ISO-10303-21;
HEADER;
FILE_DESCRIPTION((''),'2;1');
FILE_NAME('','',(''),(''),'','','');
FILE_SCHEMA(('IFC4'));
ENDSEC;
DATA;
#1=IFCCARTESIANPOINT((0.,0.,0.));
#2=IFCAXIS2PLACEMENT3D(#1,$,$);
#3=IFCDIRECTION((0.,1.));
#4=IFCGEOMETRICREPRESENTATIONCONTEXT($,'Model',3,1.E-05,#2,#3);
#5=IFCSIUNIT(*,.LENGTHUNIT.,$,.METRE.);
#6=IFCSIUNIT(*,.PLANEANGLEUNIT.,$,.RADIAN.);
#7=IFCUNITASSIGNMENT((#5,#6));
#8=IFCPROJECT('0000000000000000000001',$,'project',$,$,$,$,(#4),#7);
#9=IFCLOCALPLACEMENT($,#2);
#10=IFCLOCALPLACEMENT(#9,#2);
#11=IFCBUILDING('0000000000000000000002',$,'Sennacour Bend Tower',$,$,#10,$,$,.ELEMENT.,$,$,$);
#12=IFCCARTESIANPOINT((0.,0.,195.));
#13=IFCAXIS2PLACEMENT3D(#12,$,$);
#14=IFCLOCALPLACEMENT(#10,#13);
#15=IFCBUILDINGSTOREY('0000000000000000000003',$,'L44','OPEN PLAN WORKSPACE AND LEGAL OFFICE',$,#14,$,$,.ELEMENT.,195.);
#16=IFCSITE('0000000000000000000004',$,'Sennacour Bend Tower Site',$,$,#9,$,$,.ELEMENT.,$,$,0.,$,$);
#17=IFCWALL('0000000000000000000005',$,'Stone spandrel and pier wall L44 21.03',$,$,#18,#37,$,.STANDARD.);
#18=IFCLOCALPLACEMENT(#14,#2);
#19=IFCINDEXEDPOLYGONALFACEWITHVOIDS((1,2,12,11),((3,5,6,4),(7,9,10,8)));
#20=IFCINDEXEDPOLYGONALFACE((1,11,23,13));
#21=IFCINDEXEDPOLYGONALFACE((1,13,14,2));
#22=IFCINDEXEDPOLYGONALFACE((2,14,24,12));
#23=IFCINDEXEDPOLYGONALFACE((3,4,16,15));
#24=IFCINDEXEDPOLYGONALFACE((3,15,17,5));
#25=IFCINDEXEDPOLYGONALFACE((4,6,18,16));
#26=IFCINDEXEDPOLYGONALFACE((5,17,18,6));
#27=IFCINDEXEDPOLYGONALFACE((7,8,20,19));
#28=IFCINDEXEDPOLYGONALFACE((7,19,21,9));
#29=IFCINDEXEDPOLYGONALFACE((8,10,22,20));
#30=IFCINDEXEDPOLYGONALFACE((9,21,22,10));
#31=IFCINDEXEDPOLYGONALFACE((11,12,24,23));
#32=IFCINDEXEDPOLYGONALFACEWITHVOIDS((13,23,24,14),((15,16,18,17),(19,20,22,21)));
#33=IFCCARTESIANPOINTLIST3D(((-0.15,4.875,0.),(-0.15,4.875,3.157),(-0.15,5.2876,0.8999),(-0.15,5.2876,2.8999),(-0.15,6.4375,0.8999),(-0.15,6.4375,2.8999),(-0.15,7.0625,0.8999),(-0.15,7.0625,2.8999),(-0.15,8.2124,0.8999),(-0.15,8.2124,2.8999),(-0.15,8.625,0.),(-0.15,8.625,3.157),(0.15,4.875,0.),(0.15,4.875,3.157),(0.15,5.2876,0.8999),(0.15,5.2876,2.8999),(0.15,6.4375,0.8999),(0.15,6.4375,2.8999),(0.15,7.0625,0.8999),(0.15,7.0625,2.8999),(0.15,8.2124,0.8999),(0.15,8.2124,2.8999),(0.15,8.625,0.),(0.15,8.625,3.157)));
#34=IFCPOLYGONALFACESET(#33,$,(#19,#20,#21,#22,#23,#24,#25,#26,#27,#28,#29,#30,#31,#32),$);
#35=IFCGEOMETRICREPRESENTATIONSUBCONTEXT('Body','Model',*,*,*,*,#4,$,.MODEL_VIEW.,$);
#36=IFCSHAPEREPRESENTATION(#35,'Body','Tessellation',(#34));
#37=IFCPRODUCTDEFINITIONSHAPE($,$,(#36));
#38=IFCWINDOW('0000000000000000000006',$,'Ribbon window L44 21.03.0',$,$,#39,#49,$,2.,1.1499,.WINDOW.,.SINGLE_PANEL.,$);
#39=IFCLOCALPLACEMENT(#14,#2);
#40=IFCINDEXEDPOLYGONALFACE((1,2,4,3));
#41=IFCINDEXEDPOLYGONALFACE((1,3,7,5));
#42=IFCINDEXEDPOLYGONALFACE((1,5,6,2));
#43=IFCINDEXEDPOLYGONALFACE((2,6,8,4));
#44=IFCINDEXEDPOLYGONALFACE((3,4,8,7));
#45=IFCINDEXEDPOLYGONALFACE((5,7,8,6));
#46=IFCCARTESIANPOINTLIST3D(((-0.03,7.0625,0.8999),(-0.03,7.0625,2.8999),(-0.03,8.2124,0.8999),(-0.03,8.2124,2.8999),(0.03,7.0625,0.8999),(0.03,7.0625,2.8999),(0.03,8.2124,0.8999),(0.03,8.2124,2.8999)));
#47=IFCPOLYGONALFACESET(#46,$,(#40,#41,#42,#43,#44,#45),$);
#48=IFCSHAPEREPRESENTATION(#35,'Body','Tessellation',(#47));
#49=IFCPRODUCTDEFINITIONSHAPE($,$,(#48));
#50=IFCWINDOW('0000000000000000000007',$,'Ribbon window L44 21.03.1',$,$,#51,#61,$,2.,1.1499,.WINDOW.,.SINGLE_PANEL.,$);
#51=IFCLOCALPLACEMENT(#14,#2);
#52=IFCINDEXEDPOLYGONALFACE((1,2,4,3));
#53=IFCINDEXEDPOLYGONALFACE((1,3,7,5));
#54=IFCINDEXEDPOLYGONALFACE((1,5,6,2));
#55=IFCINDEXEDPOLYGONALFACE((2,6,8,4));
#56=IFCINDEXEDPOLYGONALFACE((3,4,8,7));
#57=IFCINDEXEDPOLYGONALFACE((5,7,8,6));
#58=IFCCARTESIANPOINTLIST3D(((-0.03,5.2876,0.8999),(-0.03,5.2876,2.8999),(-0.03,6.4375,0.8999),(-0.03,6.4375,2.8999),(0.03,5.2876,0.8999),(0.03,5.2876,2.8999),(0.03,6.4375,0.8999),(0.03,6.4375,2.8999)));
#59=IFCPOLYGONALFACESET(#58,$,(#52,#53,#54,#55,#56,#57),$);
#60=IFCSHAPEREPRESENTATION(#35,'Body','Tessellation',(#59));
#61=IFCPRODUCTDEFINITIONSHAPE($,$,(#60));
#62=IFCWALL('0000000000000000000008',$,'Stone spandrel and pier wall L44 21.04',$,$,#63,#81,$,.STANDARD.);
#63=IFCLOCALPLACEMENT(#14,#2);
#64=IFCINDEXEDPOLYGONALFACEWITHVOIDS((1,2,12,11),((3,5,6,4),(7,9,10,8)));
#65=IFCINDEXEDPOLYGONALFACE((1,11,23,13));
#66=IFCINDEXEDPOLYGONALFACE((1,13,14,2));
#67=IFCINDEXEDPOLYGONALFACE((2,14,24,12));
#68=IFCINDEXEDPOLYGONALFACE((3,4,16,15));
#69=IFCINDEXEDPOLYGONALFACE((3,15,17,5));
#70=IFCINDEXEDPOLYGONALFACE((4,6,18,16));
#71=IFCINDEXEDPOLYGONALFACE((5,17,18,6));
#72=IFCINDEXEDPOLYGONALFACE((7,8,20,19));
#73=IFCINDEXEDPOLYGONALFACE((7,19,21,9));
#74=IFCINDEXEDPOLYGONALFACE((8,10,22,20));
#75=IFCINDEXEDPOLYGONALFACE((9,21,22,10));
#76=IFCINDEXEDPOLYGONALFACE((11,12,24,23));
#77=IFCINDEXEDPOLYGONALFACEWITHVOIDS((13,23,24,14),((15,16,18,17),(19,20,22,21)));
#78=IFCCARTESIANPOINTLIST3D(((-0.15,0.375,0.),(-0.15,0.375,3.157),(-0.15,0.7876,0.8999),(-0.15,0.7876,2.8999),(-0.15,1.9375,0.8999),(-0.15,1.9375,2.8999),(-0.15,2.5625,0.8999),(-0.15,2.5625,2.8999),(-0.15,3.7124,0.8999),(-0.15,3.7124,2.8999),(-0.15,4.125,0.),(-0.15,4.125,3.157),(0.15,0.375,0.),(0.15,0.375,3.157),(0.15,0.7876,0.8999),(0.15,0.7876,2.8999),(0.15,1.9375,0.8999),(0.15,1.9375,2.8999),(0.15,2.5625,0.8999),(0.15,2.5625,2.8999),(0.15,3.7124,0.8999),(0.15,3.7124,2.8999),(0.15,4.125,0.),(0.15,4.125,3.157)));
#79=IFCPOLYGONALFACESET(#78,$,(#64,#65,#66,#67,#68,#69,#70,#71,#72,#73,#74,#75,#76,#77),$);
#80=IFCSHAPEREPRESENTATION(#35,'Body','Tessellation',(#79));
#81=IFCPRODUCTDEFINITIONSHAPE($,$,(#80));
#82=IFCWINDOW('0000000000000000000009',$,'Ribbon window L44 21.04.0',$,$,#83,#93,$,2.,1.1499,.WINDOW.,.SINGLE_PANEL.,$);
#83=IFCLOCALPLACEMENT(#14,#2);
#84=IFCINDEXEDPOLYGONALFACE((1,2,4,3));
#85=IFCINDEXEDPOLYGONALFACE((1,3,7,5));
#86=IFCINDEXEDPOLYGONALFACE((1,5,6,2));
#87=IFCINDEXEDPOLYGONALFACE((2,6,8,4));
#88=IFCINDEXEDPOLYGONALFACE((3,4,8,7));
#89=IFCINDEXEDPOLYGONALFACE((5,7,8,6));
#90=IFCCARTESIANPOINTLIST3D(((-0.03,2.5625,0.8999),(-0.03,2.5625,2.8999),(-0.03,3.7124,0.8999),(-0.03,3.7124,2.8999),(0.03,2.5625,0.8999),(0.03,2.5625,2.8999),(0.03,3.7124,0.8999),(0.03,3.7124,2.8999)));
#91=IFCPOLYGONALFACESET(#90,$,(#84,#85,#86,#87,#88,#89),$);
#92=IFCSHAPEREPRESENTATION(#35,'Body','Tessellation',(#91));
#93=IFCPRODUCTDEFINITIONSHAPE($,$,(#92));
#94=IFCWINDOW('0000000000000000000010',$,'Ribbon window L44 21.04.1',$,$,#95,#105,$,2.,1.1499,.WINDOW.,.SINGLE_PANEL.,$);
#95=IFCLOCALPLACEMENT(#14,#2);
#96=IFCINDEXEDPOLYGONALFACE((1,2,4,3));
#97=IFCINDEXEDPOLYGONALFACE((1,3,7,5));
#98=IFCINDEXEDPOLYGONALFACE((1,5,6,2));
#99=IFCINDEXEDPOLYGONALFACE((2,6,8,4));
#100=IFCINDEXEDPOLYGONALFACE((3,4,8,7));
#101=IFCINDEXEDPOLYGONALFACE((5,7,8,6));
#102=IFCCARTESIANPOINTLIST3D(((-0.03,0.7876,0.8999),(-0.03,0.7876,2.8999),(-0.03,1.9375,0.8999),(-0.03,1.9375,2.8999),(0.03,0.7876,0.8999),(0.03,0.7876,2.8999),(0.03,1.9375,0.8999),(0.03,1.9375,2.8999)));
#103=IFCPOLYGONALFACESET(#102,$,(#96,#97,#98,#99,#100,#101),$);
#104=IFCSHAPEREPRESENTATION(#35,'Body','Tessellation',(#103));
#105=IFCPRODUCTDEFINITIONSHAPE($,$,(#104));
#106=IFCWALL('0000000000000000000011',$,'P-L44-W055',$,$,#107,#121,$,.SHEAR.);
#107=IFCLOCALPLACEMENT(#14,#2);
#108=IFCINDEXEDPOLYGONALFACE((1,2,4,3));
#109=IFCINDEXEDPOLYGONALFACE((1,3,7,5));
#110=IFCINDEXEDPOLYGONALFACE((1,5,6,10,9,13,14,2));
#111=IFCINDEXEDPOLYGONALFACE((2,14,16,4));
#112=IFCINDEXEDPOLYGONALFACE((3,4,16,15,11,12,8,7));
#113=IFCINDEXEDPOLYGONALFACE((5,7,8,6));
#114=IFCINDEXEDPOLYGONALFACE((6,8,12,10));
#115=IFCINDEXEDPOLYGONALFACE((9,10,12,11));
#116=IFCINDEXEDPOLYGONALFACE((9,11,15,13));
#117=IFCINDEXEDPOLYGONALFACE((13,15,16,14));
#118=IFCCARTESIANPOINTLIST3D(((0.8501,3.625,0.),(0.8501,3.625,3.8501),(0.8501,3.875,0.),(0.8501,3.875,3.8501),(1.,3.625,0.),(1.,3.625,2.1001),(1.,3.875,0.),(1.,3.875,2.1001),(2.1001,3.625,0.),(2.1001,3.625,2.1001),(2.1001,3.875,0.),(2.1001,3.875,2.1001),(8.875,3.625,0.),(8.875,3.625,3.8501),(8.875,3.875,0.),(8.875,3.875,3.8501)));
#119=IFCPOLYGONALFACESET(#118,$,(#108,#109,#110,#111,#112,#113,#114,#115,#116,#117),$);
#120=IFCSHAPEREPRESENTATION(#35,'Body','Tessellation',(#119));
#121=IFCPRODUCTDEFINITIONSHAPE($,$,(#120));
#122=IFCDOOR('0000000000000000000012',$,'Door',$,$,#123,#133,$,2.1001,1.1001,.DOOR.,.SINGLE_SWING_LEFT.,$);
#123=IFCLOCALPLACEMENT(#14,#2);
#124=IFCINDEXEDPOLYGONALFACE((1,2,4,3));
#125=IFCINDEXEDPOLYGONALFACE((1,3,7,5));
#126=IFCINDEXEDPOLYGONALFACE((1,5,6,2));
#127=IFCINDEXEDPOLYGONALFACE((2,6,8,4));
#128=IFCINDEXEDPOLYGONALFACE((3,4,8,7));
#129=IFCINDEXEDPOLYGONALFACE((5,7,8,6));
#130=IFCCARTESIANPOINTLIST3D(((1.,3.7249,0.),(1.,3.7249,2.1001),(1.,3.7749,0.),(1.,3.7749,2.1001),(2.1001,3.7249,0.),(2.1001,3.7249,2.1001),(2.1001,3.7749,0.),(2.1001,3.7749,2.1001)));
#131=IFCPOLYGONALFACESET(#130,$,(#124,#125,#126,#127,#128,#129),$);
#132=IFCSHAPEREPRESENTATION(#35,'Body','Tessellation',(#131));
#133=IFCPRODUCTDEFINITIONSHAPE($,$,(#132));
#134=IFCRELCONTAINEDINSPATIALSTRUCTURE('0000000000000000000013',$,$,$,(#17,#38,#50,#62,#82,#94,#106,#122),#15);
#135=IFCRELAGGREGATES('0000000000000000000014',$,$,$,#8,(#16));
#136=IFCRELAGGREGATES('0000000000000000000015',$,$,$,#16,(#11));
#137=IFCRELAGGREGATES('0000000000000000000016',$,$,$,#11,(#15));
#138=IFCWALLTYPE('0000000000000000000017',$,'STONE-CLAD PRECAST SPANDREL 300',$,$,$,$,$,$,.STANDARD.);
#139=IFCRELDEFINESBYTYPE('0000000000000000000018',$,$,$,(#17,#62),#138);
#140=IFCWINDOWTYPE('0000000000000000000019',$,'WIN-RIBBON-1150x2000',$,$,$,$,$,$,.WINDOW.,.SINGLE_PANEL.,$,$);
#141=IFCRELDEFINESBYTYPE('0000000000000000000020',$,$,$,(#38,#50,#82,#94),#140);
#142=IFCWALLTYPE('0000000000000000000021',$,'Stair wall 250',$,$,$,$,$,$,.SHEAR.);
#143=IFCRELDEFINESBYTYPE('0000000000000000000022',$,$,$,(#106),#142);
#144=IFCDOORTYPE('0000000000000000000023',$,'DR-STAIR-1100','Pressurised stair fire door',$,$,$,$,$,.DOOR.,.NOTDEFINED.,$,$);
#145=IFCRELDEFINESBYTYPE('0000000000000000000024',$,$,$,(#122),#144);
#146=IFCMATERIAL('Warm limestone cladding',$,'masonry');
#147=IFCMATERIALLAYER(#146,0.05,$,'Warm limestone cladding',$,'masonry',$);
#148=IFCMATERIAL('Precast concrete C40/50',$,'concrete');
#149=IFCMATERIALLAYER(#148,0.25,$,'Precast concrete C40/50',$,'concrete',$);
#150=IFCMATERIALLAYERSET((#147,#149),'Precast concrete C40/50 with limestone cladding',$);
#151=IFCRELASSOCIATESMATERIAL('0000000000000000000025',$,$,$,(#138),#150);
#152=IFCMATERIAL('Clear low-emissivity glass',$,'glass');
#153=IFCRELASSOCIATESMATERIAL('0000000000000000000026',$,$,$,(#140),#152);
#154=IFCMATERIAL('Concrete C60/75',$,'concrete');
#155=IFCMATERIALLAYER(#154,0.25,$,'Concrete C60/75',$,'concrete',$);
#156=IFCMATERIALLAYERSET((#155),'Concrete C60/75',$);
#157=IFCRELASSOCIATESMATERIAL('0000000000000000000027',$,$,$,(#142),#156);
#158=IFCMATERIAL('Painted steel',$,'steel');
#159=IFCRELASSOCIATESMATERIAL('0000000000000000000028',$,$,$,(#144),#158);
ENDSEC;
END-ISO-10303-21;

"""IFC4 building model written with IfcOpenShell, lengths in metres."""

from ifc_helpers import new_model, si_unit, direction, frame, frame_2d, origin, place, context, subcontext, project, spatial, rectangle, extrude, material, layer, layer_set, type_object, element, fill, save


model = new_model("IFC4")

# Units and contexts
model_context = context("Model", 3, precision=1e-05, world=origin(), true_north=direction((0.0, 1.0)))
body_context = subcontext(model_context, "Body", "Model", "MODEL_VIEW")
ifc_project = project(units=[si_unit("LENGTHUNIT", "METRE"), si_unit("PLANEANGLEUNIT", "RADIAN")], contexts=[model_context])

# Site, building, storey
site_placement = place(None, origin())
site = spatial("IfcSite", under=ifc_project, at=site_placement, Name="Sennacour Bend Tower Site", CompositionType="ELEMENT", RefElevation=0.0)
building_placement = place(site_placement, origin())
building = spatial("IfcBuilding", under=site, at=building_placement, Name="Sennacour Bend Tower", CompositionType="ELEMENT")
storey_placement = place(building_placement, frame((0.0, 0.0, 195.0)))
storey = spatial("IfcBuildingStorey", under=building, at=storey_placement, Name="L44", Description="OPEN PLAN WORKSPACE AND LEGAL OFFICE", CompositionType="ELEMENT", Elevation=195.0)

# Walls, openings, windows
ifc_material_1 = material(Name="Warm limestone cladding", Category="masonry")
ifc_layer_1 = layer(ifc_material_1, 0.05, Name="Warm limestone cladding", Category="masonry")
ifc_material_2 = material(Name="Precast concrete C40/50", Category="concrete")
ifc_layer_2 = layer(ifc_material_2, 0.25, Name="Precast concrete C40/50", Category="concrete")
ifc_layer_set_1 = layer_set([ifc_layer_1, ifc_layer_2], Name="Precast concrete C40/50 with limestone cladding")
wall_type_1 = type_object("IfcWallType", Name="STONE-CLAD PRECAST SPANDREL 300", PredefinedType="STANDARD", material=ifc_layer_set_1)
wall_1_placement = place(storey_placement, frame((0.0, 8.625, 0.0), z_axis=(0.0, 0.0, 1.0), x_axis=(0.0, -1.0, 0.0)))
wall_1 = element("IfcWall", 1, at=wall_1_placement, inside=storey, type_object=wall_type_1, Name="Stone spandrel and pier wall L44 21.03", PredefinedType="STANDARD", context=body_context, shape_type="SweptSolid", body=[
    extrude(rectangle(XDim=3.75, YDim=0.3, at=frame_2d((1.875, 0.0))), origin(), (0.0, 0.0, 1.0), 3.157),
])
opening_1_placement = place(wall_1_placement, frame((0.4126, 0.0, 0.8999)))
opening_1 = element("IfcOpeningElement", 2, at=opening_1_placement, cuts=wall_1, PredefinedType="OPENING", context=body_context, shape_type="SweptSolid", body=[
    extrude(rectangle(XDim=1.1499, YDim=2.0, at=frame_2d((0.575, 1.0))), frame((0.0, 0.1602, 0.0), z_axis=(0.0, -1.0, 0.0), x_axis=(1.0, 0.0, 0.0)), (0.0, 0.0, 1.0), 0.3201),
])
opening_2_placement = place(wall_1_placement, frame((2.1875, 0.0, 0.8999)))
opening_2 = element("IfcOpeningElement", 3, at=opening_2_placement, cuts=wall_1, PredefinedType="OPENING", context=body_context, shape_type="SweptSolid", body=[
    extrude(rectangle(XDim=1.1499, YDim=2.0, at=frame_2d((0.575, 1.0))), frame((0.0, 0.1602, 0.0), z_axis=(0.0, -1.0, 0.0), x_axis=(1.0, 0.0, 0.0)), (0.0, 0.0, 1.0), 0.3201),
])
ifc_material_3 = material(Name="Clear low-emissivity glass", Category="glass")
window_type = type_object("IfcWindowType", Name="WIN-RIBBON-1150x2000", PartitioningType="SINGLE_PANEL", PredefinedType="WINDOW", material=ifc_material_3)
window_1_placement = place(opening_1_placement, origin())
window_1 = element("IfcWindow", 4, at=window_1_placement, inside=storey, type_object=window_type, Name="Ribbon window L44 21.03.0", OverallHeight=2.0, OverallWidth=1.1499, PartitioningType="SINGLE_PANEL", PredefinedType="WINDOW", context=body_context, shape_type="SweptSolid", body=[
    extrude(rectangle(XDim=1.1499, YDim=2.0, at=frame_2d((0.575, 1.0))), frame((0.0, 0.03, 0.0), z_axis=(0.0, -1.0, 0.0), x_axis=(1.0, 0.0, 0.0)), (0.0, 0.0, 1.0), 0.0601),
])
fill(opening_1, window_1)
window_2_placement = place(opening_2_placement, origin())
window_2 = element("IfcWindow", 5, at=window_2_placement, inside=storey, type_object=window_type, Name="Ribbon window L44 21.03.1", OverallHeight=2.0, OverallWidth=1.1499, PartitioningType="SINGLE_PANEL", PredefinedType="WINDOW", context=body_context, shape_type="SweptSolid", body=[
    extrude(rectangle(XDim=1.1499, YDim=2.0, at=frame_2d((0.575, 1.0))), frame((0.0, 0.03, 0.0), z_axis=(0.0, -1.0, 0.0), x_axis=(1.0, 0.0, 0.0)), (0.0, 0.0, 1.0), 0.0601),
])
fill(opening_2, window_2)
wall_2_placement = place(storey_placement, frame((0.0, 4.125, 0.0), z_axis=(0.0, 0.0, 1.0), x_axis=(0.0, -1.0, 0.0)))
wall_2 = element("IfcWall", 6, at=wall_2_placement, inside=storey, type_object=wall_type_1, Name="Stone spandrel and pier wall L44 21.04", PredefinedType="STANDARD", context=body_context, shape_type="SweptSolid", body=[
    extrude(rectangle(XDim=3.75, YDim=0.3, at=frame_2d((1.875, 0.0))), origin(), (0.0, 0.0, 1.0), 3.157),
])
opening_3_placement = place(wall_2_placement, frame((0.4126, 0.0, 0.8999)))
opening_3 = element("IfcOpeningElement", 7, at=opening_3_placement, cuts=wall_2, PredefinedType="OPENING", context=body_context, shape_type="SweptSolid", body=[
    extrude(rectangle(XDim=1.1499, YDim=2.0, at=frame_2d((0.575, 1.0))), frame((0.0, 0.1602, 0.0), z_axis=(0.0, -1.0, 0.0), x_axis=(1.0, 0.0, 0.0)), (0.0, 0.0, 1.0), 0.3201),
])
opening_4_placement = place(wall_2_placement, frame((2.1875, 0.0, 0.8999)))
opening_4 = element("IfcOpeningElement", 8, at=opening_4_placement, cuts=wall_2, PredefinedType="OPENING", context=body_context, shape_type="SweptSolid", body=[
    extrude(rectangle(XDim=1.1499, YDim=2.0, at=frame_2d((0.575, 1.0))), frame((0.0, 0.1602, 0.0), z_axis=(0.0, -1.0, 0.0), x_axis=(1.0, 0.0, 0.0)), (0.0, 0.0, 1.0), 0.3201),
])
window_3_placement = place(opening_3_placement, origin())
window_3 = element("IfcWindow", 9, at=window_3_placement, inside=storey, type_object=window_type, Name="Ribbon window L44 21.04.0", OverallHeight=2.0, OverallWidth=1.1499, PartitioningType="SINGLE_PANEL", PredefinedType="WINDOW", context=body_context, shape_type="SweptSolid", body=[
    extrude(rectangle(XDim=1.1499, YDim=2.0, at=frame_2d((0.575, 1.0))), frame((0.0, 0.03, 0.0), z_axis=(0.0, -1.0, 0.0), x_axis=(1.0, 0.0, 0.0)), (0.0, 0.0, 1.0), 0.0601),
])
fill(opening_3, window_3)
window_4_placement = place(opening_4_placement, origin())
window_4 = element("IfcWindow", 10, at=window_4_placement, inside=storey, type_object=window_type, Name="Ribbon window L44 21.04.1", OverallHeight=2.0, OverallWidth=1.1499, PartitioningType="SINGLE_PANEL", PredefinedType="WINDOW", context=body_context, shape_type="SweptSolid", body=[
    extrude(rectangle(XDim=1.1499, YDim=2.0, at=frame_2d((0.575, 1.0))), frame((0.0, 0.03, 0.0), z_axis=(0.0, -1.0, 0.0), x_axis=(1.0, 0.0, 0.0)), (0.0, 0.0, 1.0), 0.0601),
])
fill(opening_4, window_4)

# Wall, opening, door
ifc_material_4 = material(Name="Concrete C60/75", Category="concrete")
ifc_layer_3 = layer(ifc_material_4, 0.25, Name="Concrete C60/75", Category="concrete")
ifc_layer_set_2 = layer_set([ifc_layer_3], Name="Concrete C60/75")
wall_type_2 = type_object("IfcWallType", Name="Stair wall 250", PredefinedType="SHEAR", material=ifc_layer_set_2)
wall_3_placement = place(storey_placement, frame((0.8501, 3.75, 0.0), z_axis=(0.0, 0.0, 1.0), x_axis=(1.0, 0.0, 0.0)))
wall_3 = element("IfcWall", 11, at=wall_3_placement, inside=storey, type_object=wall_type_2, Name="P-L44-W055", PredefinedType="SHEAR", context=body_context, shape_type="SweptSolid", body=[
    extrude(rectangle(XDim=8.0249, YDim=0.25, at=frame_2d((4.0125, 0.0))), origin(), (0.0, 0.0, 1.0), 3.8501),
])
opening_5_placement = place(wall_3_placement, frame((0.1499, 0.0, 0.0)))
opening_5 = element("IfcOpeningElement", 12, at=opening_5_placement, cuts=wall_3, PredefinedType="OPENING", context=body_context, shape_type="SweptSolid", body=[
    extrude(rectangle(XDim=1.1001, YDim=2.1001, at=frame_2d((0.55, 1.05))), frame((0.0, 0.135, 0.0), z_axis=(0.0, -1.0, 0.0), x_axis=(1.0, 0.0, 0.0)), (0.0, 0.0, 1.0), 0.27),
])
ifc_material_5 = material(Name="Painted steel", Category="steel")
door_type = type_object("IfcDoorType", Name="DR-STAIR-1100", Description="Pressurised stair fire door", OperationType="NOTDEFINED", PredefinedType="DOOR", material=ifc_material_5)
door_placement = place(opening_5_placement, origin())
door = element("IfcDoor", 13, at=door_placement, inside=storey, type_object=door_type, Name="Door", OperationType="SINGLE_SWING_LEFT", OverallHeight=2.1001, OverallWidth=1.1001, PredefinedType="DOOR", context=body_context, shape_type="SweptSolid", body=[
    extrude(rectangle(XDim=1.1001, YDim=2.1001, at=frame_2d((0.55, 1.05))), frame((0.0, 0.0249, 0.0), z_axis=(0.0, -1.0, 0.0), x_axis=(1.0, 0.0, 0.0)), (0.0, 0.0, 1.0), 0.05),
])
fill(opening_5, door)

save(model, "model.ifc")
